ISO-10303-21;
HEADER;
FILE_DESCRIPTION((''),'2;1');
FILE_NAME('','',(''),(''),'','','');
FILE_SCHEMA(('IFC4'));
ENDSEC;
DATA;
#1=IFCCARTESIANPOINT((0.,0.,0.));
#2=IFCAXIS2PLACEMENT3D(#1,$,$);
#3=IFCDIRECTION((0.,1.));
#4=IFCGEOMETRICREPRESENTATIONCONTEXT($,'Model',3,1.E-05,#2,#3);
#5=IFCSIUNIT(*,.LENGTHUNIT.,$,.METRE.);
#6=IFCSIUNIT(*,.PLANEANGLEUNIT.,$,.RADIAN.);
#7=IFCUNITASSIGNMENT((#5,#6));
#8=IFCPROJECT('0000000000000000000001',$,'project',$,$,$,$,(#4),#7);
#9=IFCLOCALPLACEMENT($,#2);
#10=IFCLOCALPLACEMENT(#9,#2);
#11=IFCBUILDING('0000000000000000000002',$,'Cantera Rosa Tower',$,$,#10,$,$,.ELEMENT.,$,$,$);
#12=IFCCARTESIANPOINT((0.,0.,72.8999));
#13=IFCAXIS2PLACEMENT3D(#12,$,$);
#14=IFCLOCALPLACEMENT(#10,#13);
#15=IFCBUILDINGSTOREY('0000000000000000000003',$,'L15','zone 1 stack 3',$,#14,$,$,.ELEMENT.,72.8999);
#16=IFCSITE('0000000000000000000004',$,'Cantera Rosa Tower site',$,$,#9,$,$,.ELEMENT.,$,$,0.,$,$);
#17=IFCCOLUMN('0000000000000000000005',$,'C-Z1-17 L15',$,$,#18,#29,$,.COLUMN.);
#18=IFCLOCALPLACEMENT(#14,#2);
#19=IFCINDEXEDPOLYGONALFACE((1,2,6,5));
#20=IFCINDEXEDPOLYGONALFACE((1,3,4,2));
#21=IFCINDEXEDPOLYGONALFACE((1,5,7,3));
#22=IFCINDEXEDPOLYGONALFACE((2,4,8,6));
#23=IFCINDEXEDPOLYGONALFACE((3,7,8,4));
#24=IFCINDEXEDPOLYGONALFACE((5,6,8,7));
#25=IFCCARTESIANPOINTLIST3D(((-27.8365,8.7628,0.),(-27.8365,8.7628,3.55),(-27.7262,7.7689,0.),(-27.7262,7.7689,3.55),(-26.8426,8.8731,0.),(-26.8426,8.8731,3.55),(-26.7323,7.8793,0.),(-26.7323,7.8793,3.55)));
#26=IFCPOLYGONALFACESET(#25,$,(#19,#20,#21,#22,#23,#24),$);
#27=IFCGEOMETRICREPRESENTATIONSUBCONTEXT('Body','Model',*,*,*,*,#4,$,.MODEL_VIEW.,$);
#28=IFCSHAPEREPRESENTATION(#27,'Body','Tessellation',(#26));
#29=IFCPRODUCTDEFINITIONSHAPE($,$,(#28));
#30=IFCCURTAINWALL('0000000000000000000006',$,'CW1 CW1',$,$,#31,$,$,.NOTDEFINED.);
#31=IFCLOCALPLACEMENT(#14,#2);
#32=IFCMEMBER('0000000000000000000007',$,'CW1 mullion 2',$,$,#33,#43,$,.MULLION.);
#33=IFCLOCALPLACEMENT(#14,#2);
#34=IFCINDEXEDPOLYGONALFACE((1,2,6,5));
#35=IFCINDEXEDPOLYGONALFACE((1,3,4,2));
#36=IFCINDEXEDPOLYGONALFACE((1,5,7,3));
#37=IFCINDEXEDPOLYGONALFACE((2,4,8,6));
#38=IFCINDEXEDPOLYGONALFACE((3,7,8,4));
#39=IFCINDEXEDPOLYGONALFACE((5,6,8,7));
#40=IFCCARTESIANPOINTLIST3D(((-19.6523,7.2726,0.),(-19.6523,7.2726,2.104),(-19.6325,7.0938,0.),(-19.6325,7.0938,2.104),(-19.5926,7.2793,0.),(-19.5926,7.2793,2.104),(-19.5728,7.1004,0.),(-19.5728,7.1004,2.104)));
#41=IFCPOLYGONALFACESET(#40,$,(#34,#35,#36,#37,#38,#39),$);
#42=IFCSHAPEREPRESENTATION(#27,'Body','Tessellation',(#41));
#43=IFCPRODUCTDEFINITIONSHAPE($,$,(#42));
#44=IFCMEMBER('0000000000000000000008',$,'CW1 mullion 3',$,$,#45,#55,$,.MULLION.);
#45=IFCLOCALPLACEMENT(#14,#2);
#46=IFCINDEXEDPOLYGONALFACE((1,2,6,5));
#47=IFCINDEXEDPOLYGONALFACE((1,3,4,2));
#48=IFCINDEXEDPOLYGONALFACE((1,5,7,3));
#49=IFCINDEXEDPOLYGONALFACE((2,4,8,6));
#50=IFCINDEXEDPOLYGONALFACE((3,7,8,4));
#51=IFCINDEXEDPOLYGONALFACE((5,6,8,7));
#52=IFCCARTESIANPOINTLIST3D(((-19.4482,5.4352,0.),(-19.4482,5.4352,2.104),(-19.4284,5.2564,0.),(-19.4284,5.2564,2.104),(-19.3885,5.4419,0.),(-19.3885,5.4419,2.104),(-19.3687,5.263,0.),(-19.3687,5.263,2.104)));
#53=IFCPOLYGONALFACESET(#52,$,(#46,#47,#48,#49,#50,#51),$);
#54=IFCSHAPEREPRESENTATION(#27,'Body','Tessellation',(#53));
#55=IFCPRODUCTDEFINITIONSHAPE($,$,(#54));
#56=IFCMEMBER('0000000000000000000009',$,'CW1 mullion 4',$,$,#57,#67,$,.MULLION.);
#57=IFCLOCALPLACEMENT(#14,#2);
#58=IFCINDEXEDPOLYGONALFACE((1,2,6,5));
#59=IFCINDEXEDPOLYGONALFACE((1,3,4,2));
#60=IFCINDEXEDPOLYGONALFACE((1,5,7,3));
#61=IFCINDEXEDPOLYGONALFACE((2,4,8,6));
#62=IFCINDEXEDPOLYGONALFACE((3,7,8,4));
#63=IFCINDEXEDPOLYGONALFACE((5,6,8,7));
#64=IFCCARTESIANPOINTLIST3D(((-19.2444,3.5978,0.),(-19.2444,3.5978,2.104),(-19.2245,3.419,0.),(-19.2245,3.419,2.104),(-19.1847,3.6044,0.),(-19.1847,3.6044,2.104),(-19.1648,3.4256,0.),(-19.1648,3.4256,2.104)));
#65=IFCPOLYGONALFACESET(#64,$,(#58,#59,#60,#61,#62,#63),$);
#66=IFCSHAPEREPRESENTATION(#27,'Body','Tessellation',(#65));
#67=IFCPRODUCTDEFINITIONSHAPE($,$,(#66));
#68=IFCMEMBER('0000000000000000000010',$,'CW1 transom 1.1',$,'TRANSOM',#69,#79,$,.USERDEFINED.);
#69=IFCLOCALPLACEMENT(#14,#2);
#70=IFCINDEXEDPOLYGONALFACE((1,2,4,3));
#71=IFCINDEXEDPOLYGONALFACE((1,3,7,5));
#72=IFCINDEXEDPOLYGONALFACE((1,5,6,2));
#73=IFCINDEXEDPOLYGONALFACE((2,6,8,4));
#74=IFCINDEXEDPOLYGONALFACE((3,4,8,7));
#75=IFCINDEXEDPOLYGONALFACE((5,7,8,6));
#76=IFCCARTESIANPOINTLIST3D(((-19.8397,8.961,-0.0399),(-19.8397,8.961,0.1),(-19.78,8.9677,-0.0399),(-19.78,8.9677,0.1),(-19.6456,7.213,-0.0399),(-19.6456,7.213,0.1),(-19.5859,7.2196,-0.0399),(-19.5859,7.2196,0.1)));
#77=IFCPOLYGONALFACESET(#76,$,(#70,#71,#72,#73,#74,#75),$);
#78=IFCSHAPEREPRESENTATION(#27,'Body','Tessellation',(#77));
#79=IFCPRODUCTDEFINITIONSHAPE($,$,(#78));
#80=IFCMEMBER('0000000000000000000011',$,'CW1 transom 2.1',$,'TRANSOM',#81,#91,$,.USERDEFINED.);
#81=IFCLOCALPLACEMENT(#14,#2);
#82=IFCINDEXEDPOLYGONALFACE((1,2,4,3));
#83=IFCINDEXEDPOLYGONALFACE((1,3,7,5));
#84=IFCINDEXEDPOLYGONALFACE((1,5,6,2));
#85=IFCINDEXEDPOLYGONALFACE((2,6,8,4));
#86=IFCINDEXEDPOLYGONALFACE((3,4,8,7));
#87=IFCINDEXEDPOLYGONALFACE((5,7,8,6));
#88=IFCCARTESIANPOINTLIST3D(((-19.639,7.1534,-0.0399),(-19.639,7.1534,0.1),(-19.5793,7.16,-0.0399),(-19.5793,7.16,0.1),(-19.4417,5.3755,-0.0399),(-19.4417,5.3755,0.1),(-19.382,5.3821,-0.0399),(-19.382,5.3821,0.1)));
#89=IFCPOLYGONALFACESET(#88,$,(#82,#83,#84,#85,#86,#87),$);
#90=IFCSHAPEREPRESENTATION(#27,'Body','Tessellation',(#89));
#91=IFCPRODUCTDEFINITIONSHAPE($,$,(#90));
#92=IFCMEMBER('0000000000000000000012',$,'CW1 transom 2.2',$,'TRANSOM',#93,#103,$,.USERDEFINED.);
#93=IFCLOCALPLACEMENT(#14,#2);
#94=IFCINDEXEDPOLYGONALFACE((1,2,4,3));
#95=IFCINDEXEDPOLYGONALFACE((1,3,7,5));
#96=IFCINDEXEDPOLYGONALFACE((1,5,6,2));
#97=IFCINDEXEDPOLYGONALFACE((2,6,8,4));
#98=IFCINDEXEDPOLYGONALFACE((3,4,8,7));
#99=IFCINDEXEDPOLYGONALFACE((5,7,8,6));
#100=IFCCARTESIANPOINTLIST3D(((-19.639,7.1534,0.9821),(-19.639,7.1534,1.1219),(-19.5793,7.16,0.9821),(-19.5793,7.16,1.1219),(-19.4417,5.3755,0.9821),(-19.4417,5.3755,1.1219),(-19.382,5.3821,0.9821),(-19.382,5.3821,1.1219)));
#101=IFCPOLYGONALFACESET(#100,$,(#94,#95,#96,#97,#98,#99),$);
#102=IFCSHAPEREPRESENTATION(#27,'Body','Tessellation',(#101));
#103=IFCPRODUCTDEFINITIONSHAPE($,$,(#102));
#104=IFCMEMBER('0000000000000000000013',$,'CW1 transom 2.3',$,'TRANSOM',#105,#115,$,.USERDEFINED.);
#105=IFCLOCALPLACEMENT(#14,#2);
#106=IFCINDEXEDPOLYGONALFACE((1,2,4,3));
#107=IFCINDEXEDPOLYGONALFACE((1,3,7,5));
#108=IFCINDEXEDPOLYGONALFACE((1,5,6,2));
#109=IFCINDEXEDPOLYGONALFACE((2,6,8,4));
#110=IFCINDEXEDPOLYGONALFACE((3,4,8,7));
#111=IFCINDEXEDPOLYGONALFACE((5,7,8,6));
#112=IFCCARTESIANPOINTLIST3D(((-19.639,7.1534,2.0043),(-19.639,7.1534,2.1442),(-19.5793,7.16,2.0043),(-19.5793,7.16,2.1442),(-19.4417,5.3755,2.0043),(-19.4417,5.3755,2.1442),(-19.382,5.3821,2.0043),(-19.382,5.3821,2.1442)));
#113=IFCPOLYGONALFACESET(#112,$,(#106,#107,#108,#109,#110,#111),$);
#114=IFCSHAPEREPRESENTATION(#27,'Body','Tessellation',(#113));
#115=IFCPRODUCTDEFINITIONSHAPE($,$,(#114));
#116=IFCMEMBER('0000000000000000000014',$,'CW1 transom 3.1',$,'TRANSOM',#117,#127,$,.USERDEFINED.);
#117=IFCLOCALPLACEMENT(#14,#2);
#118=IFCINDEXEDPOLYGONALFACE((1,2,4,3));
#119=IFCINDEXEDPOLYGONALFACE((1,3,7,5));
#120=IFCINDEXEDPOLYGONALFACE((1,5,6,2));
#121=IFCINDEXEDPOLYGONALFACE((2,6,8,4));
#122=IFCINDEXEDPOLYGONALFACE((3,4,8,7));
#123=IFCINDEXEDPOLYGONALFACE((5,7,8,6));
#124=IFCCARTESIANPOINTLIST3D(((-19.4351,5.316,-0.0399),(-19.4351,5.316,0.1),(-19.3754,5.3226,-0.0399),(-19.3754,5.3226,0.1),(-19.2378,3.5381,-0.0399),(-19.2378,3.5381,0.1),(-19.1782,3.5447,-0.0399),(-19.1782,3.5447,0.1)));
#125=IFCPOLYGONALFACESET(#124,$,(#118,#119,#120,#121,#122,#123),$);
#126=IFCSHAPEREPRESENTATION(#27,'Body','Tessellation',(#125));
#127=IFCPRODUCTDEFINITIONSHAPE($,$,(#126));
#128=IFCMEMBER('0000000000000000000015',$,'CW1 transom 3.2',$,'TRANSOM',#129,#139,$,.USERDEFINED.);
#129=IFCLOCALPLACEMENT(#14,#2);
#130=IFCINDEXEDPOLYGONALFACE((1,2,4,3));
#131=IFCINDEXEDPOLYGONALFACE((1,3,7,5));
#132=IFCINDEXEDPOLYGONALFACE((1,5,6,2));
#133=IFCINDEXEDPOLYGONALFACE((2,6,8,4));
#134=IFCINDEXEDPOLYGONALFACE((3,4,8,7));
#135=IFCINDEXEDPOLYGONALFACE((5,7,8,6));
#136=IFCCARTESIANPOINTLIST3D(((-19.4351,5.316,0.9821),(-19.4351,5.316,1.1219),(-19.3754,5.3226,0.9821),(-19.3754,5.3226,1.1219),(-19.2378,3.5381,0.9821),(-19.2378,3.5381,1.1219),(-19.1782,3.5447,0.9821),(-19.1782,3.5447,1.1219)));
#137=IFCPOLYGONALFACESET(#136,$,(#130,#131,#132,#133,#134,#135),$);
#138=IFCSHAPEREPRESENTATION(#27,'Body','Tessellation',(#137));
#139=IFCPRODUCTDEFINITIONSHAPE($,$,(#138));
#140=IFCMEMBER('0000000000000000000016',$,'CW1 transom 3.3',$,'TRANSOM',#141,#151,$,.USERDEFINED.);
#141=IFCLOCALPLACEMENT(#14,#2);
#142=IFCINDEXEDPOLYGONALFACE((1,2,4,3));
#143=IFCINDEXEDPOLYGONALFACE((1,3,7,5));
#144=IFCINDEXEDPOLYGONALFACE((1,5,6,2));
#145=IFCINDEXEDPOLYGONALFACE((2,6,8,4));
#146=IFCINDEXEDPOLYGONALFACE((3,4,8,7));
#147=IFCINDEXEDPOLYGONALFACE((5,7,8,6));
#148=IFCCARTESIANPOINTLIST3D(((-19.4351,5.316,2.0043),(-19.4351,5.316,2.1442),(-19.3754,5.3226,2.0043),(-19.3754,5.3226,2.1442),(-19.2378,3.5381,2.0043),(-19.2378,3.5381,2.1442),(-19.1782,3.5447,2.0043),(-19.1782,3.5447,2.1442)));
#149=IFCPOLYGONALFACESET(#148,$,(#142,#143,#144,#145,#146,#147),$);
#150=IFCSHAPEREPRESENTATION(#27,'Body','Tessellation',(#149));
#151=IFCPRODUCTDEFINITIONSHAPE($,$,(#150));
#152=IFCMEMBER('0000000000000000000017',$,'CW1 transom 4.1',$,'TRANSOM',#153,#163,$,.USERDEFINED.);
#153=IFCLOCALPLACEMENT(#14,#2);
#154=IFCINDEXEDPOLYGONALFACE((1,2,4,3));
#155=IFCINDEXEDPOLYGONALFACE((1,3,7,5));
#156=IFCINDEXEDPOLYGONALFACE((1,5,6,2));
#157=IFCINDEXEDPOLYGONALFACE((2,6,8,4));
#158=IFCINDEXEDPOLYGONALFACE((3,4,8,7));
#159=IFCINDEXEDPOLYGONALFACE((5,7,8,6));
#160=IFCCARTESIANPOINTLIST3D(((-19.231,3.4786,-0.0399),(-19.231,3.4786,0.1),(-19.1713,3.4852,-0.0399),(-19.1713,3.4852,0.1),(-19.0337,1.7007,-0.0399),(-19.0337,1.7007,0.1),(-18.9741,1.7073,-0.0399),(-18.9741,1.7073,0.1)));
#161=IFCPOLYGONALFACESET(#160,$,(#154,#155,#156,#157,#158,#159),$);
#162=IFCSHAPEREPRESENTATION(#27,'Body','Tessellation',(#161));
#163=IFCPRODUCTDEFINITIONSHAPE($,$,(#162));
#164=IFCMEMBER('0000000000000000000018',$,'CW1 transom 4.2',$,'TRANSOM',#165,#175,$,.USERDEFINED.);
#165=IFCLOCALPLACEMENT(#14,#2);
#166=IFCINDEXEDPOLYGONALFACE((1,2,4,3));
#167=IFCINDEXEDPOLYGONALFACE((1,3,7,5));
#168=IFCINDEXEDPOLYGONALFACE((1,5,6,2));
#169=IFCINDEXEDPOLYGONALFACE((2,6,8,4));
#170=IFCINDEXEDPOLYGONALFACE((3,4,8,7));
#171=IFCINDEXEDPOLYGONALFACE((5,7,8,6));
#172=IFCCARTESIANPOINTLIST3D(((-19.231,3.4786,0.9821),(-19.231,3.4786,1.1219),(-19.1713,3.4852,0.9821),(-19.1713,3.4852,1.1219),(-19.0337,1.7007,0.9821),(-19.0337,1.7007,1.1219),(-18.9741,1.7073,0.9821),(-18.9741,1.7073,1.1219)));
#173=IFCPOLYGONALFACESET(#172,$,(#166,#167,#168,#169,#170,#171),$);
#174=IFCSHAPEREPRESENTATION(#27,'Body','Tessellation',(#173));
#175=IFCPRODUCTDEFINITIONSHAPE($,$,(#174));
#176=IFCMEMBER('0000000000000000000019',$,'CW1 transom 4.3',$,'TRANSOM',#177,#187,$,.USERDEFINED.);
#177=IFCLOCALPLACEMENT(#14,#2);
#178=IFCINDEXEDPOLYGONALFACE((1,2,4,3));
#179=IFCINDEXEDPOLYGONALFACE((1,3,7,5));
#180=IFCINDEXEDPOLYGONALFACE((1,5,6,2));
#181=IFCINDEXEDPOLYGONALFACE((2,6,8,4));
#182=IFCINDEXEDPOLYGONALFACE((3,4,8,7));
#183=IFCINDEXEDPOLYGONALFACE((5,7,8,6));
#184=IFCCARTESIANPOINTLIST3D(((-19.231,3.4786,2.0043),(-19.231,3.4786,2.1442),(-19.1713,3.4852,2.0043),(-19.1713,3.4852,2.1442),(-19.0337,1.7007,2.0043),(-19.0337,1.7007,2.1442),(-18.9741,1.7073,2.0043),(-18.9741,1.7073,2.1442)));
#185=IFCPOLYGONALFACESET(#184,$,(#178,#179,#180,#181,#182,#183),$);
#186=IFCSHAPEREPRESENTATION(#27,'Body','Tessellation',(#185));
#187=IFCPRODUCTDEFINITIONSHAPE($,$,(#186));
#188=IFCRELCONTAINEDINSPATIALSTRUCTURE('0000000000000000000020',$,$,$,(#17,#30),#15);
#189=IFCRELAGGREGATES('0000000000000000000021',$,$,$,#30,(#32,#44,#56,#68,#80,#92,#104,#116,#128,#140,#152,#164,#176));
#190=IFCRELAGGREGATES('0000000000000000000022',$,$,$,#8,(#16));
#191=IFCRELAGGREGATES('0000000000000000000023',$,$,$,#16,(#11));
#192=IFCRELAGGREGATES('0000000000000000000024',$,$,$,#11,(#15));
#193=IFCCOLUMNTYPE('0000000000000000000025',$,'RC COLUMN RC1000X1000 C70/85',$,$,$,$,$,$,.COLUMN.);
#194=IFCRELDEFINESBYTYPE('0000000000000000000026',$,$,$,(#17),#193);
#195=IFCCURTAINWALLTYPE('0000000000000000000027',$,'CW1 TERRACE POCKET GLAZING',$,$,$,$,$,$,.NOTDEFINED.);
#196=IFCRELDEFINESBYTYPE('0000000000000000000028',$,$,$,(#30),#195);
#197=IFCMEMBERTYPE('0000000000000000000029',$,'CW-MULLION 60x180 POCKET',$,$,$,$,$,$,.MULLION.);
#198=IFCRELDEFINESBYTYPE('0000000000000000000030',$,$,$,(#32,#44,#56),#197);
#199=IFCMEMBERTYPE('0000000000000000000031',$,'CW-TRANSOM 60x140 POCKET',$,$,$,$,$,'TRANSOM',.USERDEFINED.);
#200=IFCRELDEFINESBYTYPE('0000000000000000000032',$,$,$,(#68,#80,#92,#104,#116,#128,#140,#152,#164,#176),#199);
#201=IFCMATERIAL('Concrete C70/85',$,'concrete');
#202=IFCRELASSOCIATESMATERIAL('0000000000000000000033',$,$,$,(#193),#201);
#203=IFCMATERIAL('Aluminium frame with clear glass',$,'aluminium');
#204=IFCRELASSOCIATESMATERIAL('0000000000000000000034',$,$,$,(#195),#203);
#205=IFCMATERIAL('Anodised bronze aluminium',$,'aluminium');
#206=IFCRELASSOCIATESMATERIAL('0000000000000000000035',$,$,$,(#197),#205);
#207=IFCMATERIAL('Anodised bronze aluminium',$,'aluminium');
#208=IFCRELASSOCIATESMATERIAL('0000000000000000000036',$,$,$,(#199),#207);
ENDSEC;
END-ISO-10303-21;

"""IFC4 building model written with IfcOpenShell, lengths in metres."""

from ifc_helpers import new_model, si_unit, direction, frame, origin, origin_2d, place, context, subcontext, project, spatial, rectangle, extrude, material, material_profile, profile_set, type_object, element, aggregate, save


model = new_model("IFC4")

# Units and contexts
model_context = context("Model", 3, precision=1e-05, world=origin(), true_north=direction((0.0, 1.0)))
body_context = subcontext(model_context, "Body", "Model", "MODEL_VIEW")
ifc_project = project(units=[si_unit("LENGTHUNIT", "METRE"), si_unit("PLANEANGLEUNIT", "RADIAN")], contexts=[model_context])

# Site, building, storey
site_placement = place(None, origin())
site = spatial("IfcSite", under=ifc_project, at=site_placement, Name="Cantera Rosa Tower site", CompositionType="ELEMENT", RefElevation=0.0)
building_placement = place(site_placement, origin())
building = spatial("IfcBuilding", under=site, at=building_placement, Name="Cantera Rosa Tower", CompositionType="ELEMENT")
storey_placement = place(building_placement, frame((0.0, 0.0, 72.8999)))
storey = spatial("IfcBuildingStorey", under=building, at=storey_placement, Name="L15", Description="zone 1 stack 3", CompositionType="ELEMENT", Elevation=72.8999)

# Column
ifc_material_1 = material(Name="Concrete C70/85", Category="concrete")
ifc_material_profile_1 = material_profile(ifc_material_1, rectangle(XDim=1.0, YDim=1.0, at=origin_2d()), Name="RC COLUMN RC1000X1000 C70/85")
ifc_profile_set_1 = profile_set([ifc_material_profile_1], Name="Concrete C70/85")
column_type = type_object("IfcColumnType", Name="RC COLUMN RC1000X1000 C70/85", PredefinedType="COLUMN", material=ifc_profile_set_1)
column_placement = place(storey_placement, frame((-27.2844, 8.321, 0.0), z_axis=(0.0, 0.0, 1.0), x_axis=(0.993897, 0.110313, 0.0)))
element("IfcColumn", 1, at=column_placement, inside=storey, type_object=column_type, Name="C-Z1-17 L15", PredefinedType="COLUMN", context=body_context, shape_type="SweptSolid", body=[
    extrude(rectangle(XDim=1.0, YDim=1.0, at=origin_2d()), origin(), (0.0, 0.0, 1.0), 3.55),
])

# Curtain wall, members
ifc_material_2 = material(Name="Aluminium frame with clear glass", Category="aluminium")
curtain_wall_type = type_object("IfcCurtainWallType", Name="CW1 TERRACE POCKET GLAZING", PredefinedType="NOTDEFINED", material=ifc_material_2)
curtain_wall_placement = place(storey_placement, origin())
curtain_wall = element("IfcCurtainWall", 2, at=curtain_wall_placement, inside=storey, type_object=curtain_wall_type, Name="CW1 CW1", PredefinedType="NOTDEFINED")
ifc_material_3 = material(Name="Anodised bronze aluminium", Category="aluminium")
ifc_material_profile_2 = material_profile(ifc_material_3, rectangle(XDim=0.0601, YDim=0.1799, at=origin_2d()), Name="CW-MULLION 60x180 POCKET")
ifc_profile_set_2 = profile_set([ifc_material_profile_2], Name="Anodised bronze aluminium")
member_type_1 = type_object("IfcMemberType", Name="CW-MULLION 60x180 POCKET", PredefinedType="MULLION", material=ifc_profile_set_2)
member_1_placement = place(storey_placement, frame((-19.6125, 7.1865, 0.0), z_axis=(0.0, 0.0, 1.0), x_axis=(0.993897, 0.110313, 0.0)))
member_1 = element("IfcMember", 3, at=member_1_placement, type_object=member_type_1, Name="CW1 mullion 2", PredefinedType="MULLION", context=body_context, shape_type="SweptSolid", body=[
    extrude(rectangle(XDim=0.0601, YDim=0.1799, at=origin_2d()), origin(), (0.0, 0.0, 1.0), 2.104),
])
member_2_placement = place(storey_placement, frame((-19.4084, 5.3491, 0.0), z_axis=(0.0, 0.0, 1.0), x_axis=(0.993897, 0.110313, 0.0)))
member_2 = element("IfcMember", 4, at=member_2_placement, type_object=member_type_1, Name="CW1 mullion 3", PredefinedType="MULLION", context=body_context, shape_type="SweptSolid", body=[
    extrude(rectangle(XDim=0.0601, YDim=0.1799, at=origin_2d()), origin(), (0.0, 0.0, 1.0), 2.104),
])
member_3_placement = place(storey_placement, frame((-19.2046, 3.5117, 0.0), z_axis=(0.0, 0.0, 1.0), x_axis=(0.993897, 0.110313, 0.0)))
member_3 = element("IfcMember", 5, at=member_3_placement, type_object=member_type_1, Name="CW1 mullion 4", PredefinedType="MULLION", context=body_context, shape_type="SweptSolid", body=[
    extrude(rectangle(XDim=0.0601, YDim=0.1799, at=origin_2d()), origin(), (0.0, 0.0, 1.0), 2.104),
])
ifc_material_4 = material(Name="Anodised bronze aluminium", Category="aluminium")
ifc_material_profile_3 = material_profile(ifc_material_4, rectangle(XDim=0.0601, YDim=0.1399, at=origin_2d()), Name="CW-TRANSOM 60x140 POCKET")
ifc_profile_set_3 = profile_set([ifc_material_profile_3], Name="Anodised bronze aluminium")
member_type_2 = type_object("IfcMemberType", Name="CW-TRANSOM 60x140 POCKET", ElementType="TRANSOM", PredefinedType="USERDEFINED", material=ifc_profile_set_3)
member_4_placement = place(storey_placement, frame((-19.8098, 8.9644, 0.03), z_axis=(0.110355, -0.993892, 0.0), x_axis=(0.993892, 0.110355, 0.0)))
member_4 = element("IfcMember", 6, at=member_4_placement, type_object=member_type_2, Name="CW1 transom 1.1", ObjectType="TRANSOM", PredefinedType="USERDEFINED", context=body_context, shape_type="SweptSolid", body=[
    extrude(rectangle(XDim=0.0601, YDim=0.1399, at=origin_2d()), origin(), (0.0, 0.0, 1.0), 1.7588),
])
member_5_placement = place(storey_placement, frame((-19.6091, 7.1567, 0.03), z_axis=(0.110282, -0.9939, 0.0), x_axis=(0.9939, 0.110282, 0.0)))
member_5 = element("IfcMember", 7, at=member_5_placement, type_object=member_type_2, Name="CW1 transom 2.1", ObjectType="TRANSOM", PredefinedType="USERDEFINED", context=body_context, shape_type="SweptSolid", body=[
    extrude(rectangle(XDim=0.0601, YDim=0.1399, at=origin_2d()), origin(), (0.0, 0.0, 1.0), 1.7888),
])
member_6_placement = place(storey_placement, frame((-19.6091, 7.1567, 1.052), z_axis=(0.110282, -0.9939, 0.0), x_axis=(0.9939, 0.110282, 0.0)))
member_6 = element("IfcMember", 8, at=member_6_placement, type_object=member_type_2, Name="CW1 transom 2.2", ObjectType="TRANSOM", PredefinedType="USERDEFINED", context=body_context, shape_type="SweptSolid", body=[
    extrude(rectangle(XDim=0.0601, YDim=0.1399, at=origin_2d()), origin(), (0.0, 0.0, 1.0), 1.7888),
])
member_7_placement = place(storey_placement, frame((-19.6091, 7.1567, 2.0742), z_axis=(0.110282, -0.9939, 0.0), x_axis=(0.9939, 0.110282, 0.0)))
member_7 = element("IfcMember", 9, at=member_7_placement, type_object=member_type_2, Name="CW1 transom 2.3", ObjectType="TRANSOM", PredefinedType="USERDEFINED", context=body_context, shape_type="SweptSolid", body=[
    extrude(rectangle(XDim=0.0601, YDim=0.1399, at=origin_2d()), origin(), (0.0, 0.0, 1.0), 1.7888),
])
member_8_placement = place(storey_placement, frame((-19.4053, 5.3193, 0.03), z_axis=(0.110282, -0.9939, 0.0), x_axis=(0.9939, 0.110282, 0.0)))
member_8 = element("IfcMember", 10, at=member_8_placement, type_object=member_type_2, Name="CW1 transom 3.1", ObjectType="TRANSOM", PredefinedType="USERDEFINED", context=body_context, shape_type="SweptSolid", body=[
    extrude(rectangle(XDim=0.0601, YDim=0.1399, at=origin_2d()), origin(), (0.0, 0.0, 1.0), 1.7888),
])
member_9_placement = place(storey_placement, frame((-19.4053, 5.3193, 1.052), z_axis=(0.110282, -0.9939, 0.0), x_axis=(0.9939, 0.110282, 0.0)))
member_9 = element("IfcMember", 11, at=member_9_placement, type_object=member_type_2, Name="CW1 transom 3.2", ObjectType="TRANSOM", PredefinedType="USERDEFINED", context=body_context, shape_type="SweptSolid", body=[
    extrude(rectangle(XDim=0.0601, YDim=0.1399, at=origin_2d()), origin(), (0.0, 0.0, 1.0), 1.7888),
])
member_10_placement = place(storey_placement, frame((-19.4053, 5.3193, 2.0742), z_axis=(0.110282, -0.9939, 0.0), x_axis=(0.9939, 0.110282, 0.0)))
member_10 = element("IfcMember", 12, at=member_10_placement, type_object=member_type_2, Name="CW1 transom 3.3", ObjectType="TRANSOM", PredefinedType="USERDEFINED", context=body_context, shape_type="SweptSolid", body=[
    extrude(rectangle(XDim=0.0601, YDim=0.1399, at=origin_2d()), origin(), (0.0, 0.0, 1.0), 1.7888),
])
member_11_placement = place(storey_placement, frame((-19.2012, 3.4819, 0.03), z_axis=(0.110282, -0.9939, 0.0), x_axis=(0.9939, 0.110282, 0.0)))
member_11 = element("IfcMember", 13, at=member_11_placement, type_object=member_type_2, Name="CW1 transom 4.1", ObjectType="TRANSOM", PredefinedType="USERDEFINED", context=body_context, shape_type="SweptSolid", body=[
    extrude(rectangle(XDim=0.0601, YDim=0.1399, at=origin_2d()), origin(), (0.0, 0.0, 1.0), 1.7888),
])
member_12_placement = place(storey_placement, frame((-19.2012, 3.4819, 1.052), z_axis=(0.110282, -0.9939, 0.0), x_axis=(0.9939, 0.110282, 0.0)))
member_12 = element("IfcMember", 14, at=member_12_placement, type_object=member_type_2, Name="CW1 transom 4.2", ObjectType="TRANSOM", PredefinedType="USERDEFINED", context=body_context, shape_type="SweptSolid", body=[
    extrude(rectangle(XDim=0.0601, YDim=0.1399, at=origin_2d()), origin(), (0.0, 0.0, 1.0), 1.7888),
])
member_13_placement = place(storey_placement, frame((-19.2012, 3.4819, 2.0742), z_axis=(0.110282, -0.9939, 0.0), x_axis=(0.9939, 0.110282, 0.0)))
member_13 = element("IfcMember", 15, at=member_13_placement, type_object=member_type_2, Name="CW1 transom 4.3", ObjectType="TRANSOM", PredefinedType="USERDEFINED", context=body_context, shape_type="SweptSolid", body=[
    extrude(rectangle(XDim=0.0601, YDim=0.1399, at=origin_2d()), origin(), (0.0, 0.0, 1.0), 1.7888),
])

aggregate(curtain_wall, [member_1, member_2, member_3, member_4, member_5, member_6, member_7, member_8, member_9, member_10, member_11, member_12, member_13])

save(model, "model.ifc")
